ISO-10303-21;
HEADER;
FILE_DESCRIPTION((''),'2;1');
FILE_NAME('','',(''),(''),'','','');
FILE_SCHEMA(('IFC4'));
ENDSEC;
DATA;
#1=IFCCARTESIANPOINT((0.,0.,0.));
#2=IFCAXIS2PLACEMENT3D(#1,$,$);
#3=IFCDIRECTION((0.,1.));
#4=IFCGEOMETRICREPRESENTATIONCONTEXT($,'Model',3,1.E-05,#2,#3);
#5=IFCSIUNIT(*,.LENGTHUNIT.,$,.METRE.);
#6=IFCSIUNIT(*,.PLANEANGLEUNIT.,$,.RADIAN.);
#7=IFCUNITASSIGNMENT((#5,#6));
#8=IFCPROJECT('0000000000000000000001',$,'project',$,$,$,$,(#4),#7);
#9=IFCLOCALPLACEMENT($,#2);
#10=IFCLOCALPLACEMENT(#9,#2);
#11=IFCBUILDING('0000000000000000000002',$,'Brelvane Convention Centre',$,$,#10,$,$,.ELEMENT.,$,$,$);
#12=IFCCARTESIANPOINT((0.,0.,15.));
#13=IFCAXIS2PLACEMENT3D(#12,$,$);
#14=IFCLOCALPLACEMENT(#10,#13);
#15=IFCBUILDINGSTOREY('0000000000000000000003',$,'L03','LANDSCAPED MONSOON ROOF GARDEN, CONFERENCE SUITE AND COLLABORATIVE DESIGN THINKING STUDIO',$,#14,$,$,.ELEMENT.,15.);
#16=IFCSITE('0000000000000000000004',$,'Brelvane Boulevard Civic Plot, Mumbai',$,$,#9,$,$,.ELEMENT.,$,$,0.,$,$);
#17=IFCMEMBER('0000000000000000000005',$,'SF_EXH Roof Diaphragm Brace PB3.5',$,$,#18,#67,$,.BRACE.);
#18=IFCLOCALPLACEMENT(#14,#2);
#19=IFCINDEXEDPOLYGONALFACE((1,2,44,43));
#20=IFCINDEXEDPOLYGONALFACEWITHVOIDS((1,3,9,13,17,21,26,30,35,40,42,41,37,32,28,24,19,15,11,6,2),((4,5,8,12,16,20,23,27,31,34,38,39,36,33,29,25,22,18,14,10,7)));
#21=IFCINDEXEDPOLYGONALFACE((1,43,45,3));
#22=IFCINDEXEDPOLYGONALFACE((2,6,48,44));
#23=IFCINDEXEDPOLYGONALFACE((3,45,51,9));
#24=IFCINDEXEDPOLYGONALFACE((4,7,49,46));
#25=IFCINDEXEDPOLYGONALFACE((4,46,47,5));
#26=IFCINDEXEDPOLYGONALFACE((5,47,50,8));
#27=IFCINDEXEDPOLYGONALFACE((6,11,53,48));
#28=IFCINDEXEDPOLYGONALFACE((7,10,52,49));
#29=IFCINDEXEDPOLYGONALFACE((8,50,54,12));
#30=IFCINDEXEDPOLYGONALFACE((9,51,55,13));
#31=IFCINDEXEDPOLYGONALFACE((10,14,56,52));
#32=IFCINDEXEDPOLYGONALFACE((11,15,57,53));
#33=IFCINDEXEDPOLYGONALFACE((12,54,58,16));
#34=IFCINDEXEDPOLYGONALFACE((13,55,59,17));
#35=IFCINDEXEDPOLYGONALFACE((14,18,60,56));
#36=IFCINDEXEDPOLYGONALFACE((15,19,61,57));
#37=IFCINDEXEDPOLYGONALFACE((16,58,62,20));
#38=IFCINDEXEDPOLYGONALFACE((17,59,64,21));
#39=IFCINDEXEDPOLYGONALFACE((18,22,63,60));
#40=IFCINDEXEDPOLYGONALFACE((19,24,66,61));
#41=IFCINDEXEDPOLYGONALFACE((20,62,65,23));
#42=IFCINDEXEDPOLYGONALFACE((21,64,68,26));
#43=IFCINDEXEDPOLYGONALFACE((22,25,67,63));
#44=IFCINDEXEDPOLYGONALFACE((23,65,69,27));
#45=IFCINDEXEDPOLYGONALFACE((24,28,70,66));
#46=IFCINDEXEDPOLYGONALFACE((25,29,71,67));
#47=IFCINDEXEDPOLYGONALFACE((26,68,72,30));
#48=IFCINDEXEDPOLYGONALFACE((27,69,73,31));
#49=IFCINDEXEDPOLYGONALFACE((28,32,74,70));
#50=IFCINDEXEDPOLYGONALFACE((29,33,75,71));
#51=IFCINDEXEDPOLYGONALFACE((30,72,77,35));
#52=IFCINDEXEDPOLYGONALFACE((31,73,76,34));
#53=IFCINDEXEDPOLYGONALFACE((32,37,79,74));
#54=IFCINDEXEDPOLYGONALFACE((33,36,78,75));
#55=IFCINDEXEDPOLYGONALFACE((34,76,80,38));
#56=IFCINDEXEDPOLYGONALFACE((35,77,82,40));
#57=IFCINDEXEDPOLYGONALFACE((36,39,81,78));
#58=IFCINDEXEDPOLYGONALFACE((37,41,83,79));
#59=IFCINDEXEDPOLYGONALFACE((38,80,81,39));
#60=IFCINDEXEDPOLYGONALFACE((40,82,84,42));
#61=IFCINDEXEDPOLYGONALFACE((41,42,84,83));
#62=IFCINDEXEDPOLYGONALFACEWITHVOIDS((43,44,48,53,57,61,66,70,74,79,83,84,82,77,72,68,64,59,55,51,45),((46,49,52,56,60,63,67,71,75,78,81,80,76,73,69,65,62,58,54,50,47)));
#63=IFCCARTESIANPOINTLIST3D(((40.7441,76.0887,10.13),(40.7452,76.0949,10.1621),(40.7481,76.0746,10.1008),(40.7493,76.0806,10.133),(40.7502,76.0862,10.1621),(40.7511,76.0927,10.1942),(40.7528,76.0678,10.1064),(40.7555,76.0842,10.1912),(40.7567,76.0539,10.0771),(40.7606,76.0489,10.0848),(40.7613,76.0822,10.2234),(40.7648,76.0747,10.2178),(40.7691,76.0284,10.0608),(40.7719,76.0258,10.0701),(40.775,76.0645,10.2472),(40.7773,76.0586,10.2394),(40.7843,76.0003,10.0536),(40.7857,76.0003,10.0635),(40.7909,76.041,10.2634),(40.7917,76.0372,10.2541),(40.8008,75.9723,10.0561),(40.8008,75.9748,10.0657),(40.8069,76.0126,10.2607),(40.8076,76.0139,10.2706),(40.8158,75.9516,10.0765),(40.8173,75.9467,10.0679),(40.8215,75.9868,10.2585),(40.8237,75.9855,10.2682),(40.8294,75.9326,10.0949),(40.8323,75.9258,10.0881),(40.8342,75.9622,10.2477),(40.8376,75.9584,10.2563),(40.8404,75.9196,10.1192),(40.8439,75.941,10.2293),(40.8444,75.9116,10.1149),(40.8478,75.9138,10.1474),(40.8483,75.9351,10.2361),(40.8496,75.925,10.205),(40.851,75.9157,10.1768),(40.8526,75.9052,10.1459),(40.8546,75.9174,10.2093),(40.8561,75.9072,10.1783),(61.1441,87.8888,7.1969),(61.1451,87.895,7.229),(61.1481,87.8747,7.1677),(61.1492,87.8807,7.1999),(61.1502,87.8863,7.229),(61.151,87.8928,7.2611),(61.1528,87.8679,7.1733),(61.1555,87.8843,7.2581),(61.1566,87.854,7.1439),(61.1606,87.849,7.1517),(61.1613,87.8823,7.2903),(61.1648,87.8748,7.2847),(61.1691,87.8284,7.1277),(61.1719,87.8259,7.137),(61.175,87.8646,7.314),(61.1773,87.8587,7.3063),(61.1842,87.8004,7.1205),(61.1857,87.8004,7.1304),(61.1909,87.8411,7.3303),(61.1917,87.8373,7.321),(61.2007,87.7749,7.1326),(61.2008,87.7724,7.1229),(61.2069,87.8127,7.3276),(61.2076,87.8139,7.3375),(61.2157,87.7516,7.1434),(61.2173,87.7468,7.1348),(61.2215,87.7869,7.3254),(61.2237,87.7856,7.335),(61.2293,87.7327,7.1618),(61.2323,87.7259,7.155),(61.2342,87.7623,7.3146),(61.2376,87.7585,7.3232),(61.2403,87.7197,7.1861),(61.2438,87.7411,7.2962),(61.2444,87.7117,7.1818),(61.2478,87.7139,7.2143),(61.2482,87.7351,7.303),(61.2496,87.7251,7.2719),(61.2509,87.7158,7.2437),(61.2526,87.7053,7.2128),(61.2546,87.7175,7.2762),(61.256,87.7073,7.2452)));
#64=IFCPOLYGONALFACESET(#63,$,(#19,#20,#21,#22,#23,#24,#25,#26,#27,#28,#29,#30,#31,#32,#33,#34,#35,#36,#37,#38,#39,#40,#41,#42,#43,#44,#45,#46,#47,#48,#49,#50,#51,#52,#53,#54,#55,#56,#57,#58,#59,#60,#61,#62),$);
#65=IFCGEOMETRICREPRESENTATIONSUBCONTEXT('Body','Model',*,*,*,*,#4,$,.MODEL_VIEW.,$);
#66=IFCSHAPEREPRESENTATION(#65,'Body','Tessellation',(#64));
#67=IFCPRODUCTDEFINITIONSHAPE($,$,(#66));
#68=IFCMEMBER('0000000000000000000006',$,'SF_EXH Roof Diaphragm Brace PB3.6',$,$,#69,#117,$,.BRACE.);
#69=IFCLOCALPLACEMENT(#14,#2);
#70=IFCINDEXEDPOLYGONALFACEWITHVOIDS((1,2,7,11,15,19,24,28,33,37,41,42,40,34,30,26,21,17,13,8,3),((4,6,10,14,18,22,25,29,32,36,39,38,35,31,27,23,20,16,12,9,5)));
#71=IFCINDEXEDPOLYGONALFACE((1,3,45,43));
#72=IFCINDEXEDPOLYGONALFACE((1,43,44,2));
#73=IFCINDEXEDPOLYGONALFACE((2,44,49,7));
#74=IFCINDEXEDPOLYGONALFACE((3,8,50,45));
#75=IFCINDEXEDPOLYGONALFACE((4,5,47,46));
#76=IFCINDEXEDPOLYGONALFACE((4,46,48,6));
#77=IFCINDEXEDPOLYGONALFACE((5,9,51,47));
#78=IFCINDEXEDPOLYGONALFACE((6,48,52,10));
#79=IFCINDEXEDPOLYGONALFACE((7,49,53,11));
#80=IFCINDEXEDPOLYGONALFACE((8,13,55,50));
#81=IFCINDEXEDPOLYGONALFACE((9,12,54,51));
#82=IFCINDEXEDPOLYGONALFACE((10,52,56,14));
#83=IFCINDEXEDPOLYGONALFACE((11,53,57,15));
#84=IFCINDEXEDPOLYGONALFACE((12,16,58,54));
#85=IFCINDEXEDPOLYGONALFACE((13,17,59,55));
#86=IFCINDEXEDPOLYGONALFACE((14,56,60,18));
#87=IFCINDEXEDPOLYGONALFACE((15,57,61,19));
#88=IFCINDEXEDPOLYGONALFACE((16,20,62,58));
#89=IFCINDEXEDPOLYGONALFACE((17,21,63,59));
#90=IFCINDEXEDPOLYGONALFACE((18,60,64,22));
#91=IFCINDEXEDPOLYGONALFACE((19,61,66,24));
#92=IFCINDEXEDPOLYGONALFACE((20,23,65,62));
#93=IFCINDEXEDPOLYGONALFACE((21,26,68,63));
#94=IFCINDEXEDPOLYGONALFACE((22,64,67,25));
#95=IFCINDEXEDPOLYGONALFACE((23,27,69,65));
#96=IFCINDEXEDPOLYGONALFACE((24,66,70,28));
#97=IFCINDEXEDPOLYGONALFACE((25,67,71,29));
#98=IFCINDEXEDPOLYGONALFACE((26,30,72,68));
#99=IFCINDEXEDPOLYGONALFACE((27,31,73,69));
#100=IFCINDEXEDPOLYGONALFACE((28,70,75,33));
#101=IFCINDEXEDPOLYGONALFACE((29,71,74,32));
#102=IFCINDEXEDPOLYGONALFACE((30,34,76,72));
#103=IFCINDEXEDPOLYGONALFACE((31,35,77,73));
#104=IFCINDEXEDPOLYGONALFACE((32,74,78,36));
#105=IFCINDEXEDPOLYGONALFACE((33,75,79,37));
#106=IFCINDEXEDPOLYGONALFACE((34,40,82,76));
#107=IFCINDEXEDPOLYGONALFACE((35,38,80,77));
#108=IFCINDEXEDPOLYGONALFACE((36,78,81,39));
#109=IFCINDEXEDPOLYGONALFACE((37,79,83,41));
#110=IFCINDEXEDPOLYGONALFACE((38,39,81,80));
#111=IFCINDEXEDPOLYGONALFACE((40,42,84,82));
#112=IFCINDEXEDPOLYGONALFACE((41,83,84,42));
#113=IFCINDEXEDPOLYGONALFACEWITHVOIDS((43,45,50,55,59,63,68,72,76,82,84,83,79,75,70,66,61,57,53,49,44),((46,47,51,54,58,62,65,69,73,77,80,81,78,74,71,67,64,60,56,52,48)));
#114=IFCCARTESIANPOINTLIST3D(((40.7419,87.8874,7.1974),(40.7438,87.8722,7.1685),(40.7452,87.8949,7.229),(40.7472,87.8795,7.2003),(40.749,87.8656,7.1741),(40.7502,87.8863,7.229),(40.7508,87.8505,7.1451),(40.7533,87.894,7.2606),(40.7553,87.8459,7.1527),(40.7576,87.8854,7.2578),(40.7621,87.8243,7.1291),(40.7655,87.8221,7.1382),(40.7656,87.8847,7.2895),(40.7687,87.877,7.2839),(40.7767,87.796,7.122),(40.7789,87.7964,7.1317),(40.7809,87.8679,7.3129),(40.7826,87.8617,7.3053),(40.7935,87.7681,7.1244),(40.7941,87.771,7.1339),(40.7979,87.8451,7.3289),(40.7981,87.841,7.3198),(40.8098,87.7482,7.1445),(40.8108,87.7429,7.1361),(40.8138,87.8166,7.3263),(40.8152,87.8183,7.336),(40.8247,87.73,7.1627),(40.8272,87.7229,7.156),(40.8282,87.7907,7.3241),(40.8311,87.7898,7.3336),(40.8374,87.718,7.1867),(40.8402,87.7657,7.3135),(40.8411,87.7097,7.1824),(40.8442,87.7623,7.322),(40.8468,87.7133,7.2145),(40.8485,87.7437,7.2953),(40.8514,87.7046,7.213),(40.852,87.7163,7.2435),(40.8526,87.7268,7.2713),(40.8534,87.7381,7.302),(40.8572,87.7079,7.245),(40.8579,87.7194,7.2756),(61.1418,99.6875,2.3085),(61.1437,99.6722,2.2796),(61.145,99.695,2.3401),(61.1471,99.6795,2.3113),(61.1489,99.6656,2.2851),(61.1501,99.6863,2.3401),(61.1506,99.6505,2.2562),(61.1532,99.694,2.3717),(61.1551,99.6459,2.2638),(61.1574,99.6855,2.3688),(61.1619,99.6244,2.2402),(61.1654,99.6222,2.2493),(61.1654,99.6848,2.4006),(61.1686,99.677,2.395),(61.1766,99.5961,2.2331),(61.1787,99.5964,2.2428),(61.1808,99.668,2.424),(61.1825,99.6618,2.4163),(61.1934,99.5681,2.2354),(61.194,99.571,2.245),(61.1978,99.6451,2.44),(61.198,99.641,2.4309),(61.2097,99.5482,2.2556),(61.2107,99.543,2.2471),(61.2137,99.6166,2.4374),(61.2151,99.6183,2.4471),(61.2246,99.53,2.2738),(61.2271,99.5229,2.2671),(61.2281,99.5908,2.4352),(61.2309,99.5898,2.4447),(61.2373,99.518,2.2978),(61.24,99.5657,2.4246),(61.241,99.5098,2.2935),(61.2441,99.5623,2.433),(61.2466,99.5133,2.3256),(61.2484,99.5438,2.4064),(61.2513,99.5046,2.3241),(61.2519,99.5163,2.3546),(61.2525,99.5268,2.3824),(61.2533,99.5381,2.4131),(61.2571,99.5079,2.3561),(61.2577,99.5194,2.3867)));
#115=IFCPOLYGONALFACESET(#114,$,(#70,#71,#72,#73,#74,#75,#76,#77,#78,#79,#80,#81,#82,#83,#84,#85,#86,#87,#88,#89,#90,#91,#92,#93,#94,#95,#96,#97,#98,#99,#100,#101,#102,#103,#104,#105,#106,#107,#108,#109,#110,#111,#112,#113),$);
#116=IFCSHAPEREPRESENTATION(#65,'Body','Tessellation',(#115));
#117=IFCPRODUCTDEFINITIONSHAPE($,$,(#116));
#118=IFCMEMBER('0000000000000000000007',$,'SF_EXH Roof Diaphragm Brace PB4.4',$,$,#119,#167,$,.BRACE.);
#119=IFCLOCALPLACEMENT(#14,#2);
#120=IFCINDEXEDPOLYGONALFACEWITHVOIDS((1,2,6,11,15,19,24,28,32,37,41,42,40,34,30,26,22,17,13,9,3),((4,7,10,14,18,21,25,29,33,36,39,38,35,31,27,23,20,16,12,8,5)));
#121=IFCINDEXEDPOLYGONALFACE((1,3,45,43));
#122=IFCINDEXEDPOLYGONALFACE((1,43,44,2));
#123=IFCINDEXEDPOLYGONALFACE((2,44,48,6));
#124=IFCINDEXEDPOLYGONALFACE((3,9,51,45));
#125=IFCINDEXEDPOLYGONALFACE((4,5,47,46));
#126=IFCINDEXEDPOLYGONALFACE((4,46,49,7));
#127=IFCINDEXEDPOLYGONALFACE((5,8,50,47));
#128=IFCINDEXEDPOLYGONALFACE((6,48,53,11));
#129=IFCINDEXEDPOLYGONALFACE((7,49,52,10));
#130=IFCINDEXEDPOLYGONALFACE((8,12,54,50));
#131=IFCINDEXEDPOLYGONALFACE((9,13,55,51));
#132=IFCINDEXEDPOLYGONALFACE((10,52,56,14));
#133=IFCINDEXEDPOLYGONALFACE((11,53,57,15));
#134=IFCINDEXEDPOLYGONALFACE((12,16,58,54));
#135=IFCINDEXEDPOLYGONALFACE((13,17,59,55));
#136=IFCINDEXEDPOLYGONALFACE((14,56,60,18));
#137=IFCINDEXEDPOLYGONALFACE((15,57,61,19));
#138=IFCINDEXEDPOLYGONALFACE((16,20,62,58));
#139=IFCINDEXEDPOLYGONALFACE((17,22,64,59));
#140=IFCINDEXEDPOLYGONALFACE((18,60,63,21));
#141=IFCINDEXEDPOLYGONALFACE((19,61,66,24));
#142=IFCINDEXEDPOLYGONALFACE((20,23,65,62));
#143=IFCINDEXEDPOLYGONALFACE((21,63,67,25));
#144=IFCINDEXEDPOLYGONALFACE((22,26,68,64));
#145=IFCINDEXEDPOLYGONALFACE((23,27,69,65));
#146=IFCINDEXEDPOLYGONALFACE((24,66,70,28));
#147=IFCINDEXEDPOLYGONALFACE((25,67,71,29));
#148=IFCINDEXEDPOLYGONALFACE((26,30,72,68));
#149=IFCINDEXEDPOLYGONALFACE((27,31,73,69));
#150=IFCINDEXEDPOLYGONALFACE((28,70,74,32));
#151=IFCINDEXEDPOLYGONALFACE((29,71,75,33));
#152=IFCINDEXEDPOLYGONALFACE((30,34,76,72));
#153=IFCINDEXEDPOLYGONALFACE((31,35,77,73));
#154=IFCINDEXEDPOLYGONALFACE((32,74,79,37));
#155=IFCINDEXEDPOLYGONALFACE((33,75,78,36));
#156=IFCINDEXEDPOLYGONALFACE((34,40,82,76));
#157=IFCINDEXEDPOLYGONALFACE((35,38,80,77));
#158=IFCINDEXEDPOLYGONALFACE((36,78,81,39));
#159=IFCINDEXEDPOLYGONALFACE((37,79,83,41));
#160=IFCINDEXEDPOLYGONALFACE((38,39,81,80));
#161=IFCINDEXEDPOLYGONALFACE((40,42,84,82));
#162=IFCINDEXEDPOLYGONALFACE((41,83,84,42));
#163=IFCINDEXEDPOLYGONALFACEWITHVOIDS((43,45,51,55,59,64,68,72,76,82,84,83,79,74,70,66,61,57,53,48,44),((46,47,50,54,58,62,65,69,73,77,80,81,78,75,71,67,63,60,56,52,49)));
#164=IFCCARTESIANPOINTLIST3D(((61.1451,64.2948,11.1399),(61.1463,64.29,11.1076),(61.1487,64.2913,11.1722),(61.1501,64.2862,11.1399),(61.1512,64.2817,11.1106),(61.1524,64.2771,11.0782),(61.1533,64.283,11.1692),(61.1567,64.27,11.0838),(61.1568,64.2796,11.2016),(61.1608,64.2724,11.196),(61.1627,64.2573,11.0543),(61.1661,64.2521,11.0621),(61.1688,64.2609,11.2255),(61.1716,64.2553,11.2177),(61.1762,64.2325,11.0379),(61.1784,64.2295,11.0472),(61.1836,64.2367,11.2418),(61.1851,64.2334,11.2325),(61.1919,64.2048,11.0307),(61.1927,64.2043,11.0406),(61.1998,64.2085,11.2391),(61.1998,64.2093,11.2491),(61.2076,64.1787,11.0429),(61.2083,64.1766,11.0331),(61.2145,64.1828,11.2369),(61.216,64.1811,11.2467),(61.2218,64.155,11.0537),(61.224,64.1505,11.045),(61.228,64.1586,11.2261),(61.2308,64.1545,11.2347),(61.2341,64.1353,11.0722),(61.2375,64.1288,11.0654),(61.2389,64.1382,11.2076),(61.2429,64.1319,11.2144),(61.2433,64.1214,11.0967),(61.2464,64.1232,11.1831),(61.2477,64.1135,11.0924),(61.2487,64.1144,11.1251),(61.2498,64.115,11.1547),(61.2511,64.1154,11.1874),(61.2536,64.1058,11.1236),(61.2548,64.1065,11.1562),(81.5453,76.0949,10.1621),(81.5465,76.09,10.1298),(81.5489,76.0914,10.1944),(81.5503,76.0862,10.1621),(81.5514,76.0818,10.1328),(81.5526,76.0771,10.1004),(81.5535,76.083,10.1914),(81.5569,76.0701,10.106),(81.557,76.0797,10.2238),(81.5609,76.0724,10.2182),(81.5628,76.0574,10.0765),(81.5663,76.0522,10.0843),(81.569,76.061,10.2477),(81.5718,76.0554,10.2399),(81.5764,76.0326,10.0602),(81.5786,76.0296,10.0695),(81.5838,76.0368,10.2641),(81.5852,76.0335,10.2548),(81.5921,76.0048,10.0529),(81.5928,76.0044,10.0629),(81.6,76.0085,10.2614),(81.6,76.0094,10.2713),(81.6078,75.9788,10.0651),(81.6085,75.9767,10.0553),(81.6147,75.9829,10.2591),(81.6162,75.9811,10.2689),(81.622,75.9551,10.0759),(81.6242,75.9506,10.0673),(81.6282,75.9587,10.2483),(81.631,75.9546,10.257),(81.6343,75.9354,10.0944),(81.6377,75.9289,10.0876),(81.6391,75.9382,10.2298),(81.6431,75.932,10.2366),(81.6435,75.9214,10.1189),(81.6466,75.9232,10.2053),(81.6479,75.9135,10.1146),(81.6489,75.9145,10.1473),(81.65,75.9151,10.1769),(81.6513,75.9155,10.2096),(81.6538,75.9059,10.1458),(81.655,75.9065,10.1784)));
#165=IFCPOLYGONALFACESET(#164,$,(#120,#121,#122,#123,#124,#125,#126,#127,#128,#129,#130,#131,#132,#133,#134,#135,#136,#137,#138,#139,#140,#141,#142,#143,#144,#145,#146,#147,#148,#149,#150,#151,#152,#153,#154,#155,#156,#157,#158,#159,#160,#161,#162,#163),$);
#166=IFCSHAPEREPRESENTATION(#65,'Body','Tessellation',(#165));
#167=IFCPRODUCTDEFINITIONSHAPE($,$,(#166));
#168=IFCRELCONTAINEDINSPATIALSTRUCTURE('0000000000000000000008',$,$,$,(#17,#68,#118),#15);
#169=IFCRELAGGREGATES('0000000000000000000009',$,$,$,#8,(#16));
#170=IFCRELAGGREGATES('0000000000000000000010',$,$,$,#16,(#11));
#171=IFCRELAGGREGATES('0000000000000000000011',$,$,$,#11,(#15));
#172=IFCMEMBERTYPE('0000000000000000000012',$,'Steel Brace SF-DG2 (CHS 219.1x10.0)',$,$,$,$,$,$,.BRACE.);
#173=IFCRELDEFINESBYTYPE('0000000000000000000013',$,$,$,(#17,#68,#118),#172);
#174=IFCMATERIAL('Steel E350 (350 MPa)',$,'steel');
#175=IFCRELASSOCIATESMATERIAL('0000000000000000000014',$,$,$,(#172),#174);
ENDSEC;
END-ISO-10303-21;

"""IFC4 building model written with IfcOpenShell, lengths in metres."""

from ifc_helpers import new_model, si_unit, direction, frame, origin, origin_2d, place, context, subcontext, project, spatial, hollow_circle, extrude, material, material_profile, profile_set, type_object, element, save


model = new_model("IFC4")

# Units and contexts
model_context = context("Model", 3, precision=1e-05, world=origin(), true_north=direction((0.0, 1.0)))
body_context = subcontext(model_context, "Body", "Model", "MODEL_VIEW")
ifc_project = project(units=[si_unit("LENGTHUNIT", "METRE"), si_unit("PLANEANGLEUNIT", "RADIAN")], contexts=[model_context])

# Site, building, storey
site_placement = place(None, origin())
site = spatial("IfcSite", under=ifc_project, at=site_placement, Name="Brelvane Boulevard Civic Plot, Mumbai", CompositionType="ELEMENT", RefElevation=0.0)
building_placement = place(site_placement, origin())
building = spatial("IfcBuilding", under=site, at=building_placement, Name="Brelvane Convention Centre", CompositionType="ELEMENT")
storey_placement = place(building_placement, frame((0.0, 0.0, 15.0)))
storey = spatial("IfcBuildingStorey", under=building, at=storey_placement, Name="L03", Description="LANDSCAPED MONSOON ROOF GARDEN, CONFERENCE SUITE AND COLLABORATIVE DESIGN THINKING STUDIO", CompositionType="ELEMENT", Elevation=15.0)

# Members
ifc_material_1 = material(Name="Steel E350 (350 MPa)", Category="steel")
ifc_material_profile_1 = material_profile(ifc_material_1, hollow_circle(Radius=0.1096, WallThickness=0.01, at=origin_2d()), Name="CHS 219.1x10.0")
ifc_profile_set_1 = profile_set([ifc_material_profile_1], Name="Steel E350 (350 MPa)")
member_type_1 = type_object("IfcMemberType", Name="Steel Brace SF-DG2 (CHS 219.1x10.0)", PredefinedType="BRACE", material=ifc_profile_set_1)
member_1_placement = place(storey_placement, frame((40.8, 76.0, 10.1621), z_axis=(0.858991, 0.496872, -0.123506), x_axis=(-0.500705, 0.865618, 0.0)))
element("IfcMember", 1, at=member_1_placement, inside=storey, type_object=member_type_1, Name="SF_EXH Roof Diaphragm Brace PB3.5", PredefinedType="BRACE", context=body_context, shape_type="SweptSolid", body=[
    extrude(hollow_circle(Radius=0.1096, WallThickness=0.01, at=origin_2d()), origin(), (0.0, 0.0, 1.0), 23.7488),
])
member_2_placement = place(storey_placement, frame((40.8, 87.8, 7.229), z_axis=(0.847572, 0.490267, -0.203124), x_axis=(-0.500705, 0.865618, 0.0)))
element("IfcMember", 2, at=member_2_placement, inside=storey, type_object=member_type_1, Name="SF_EXH Roof Diaphragm Brace PB3.6", PredefinedType="BRACE", context=body_context, shape_type="SweptSolid", body=[
    extrude(hollow_circle(Radius=0.1096, WallThickness=0.01, at=origin_2d()), origin(), (0.0, 0.0, 1.0), 24.0686),
])
member_3_placement = place(storey_placement, frame((61.2, 64.2, 11.1399), z_axis=(0.864876, 0.50027, -0.041454), x_axis=(-0.500701, 0.865621, 0.0)))
element("IfcMember", 3, at=member_3_placement, inside=storey, type_object=member_type_1, Name="SF_EXH Roof Diaphragm Brace PB4.4", PredefinedType="BRACE", context=body_context, shape_type="SweptSolid", body=[
    extrude(hollow_circle(Radius=0.1096, WallThickness=0.01, at=origin_2d()), origin(), (0.0, 0.0, 1.0), 23.5874),
])

save(model, "model.ifc")
